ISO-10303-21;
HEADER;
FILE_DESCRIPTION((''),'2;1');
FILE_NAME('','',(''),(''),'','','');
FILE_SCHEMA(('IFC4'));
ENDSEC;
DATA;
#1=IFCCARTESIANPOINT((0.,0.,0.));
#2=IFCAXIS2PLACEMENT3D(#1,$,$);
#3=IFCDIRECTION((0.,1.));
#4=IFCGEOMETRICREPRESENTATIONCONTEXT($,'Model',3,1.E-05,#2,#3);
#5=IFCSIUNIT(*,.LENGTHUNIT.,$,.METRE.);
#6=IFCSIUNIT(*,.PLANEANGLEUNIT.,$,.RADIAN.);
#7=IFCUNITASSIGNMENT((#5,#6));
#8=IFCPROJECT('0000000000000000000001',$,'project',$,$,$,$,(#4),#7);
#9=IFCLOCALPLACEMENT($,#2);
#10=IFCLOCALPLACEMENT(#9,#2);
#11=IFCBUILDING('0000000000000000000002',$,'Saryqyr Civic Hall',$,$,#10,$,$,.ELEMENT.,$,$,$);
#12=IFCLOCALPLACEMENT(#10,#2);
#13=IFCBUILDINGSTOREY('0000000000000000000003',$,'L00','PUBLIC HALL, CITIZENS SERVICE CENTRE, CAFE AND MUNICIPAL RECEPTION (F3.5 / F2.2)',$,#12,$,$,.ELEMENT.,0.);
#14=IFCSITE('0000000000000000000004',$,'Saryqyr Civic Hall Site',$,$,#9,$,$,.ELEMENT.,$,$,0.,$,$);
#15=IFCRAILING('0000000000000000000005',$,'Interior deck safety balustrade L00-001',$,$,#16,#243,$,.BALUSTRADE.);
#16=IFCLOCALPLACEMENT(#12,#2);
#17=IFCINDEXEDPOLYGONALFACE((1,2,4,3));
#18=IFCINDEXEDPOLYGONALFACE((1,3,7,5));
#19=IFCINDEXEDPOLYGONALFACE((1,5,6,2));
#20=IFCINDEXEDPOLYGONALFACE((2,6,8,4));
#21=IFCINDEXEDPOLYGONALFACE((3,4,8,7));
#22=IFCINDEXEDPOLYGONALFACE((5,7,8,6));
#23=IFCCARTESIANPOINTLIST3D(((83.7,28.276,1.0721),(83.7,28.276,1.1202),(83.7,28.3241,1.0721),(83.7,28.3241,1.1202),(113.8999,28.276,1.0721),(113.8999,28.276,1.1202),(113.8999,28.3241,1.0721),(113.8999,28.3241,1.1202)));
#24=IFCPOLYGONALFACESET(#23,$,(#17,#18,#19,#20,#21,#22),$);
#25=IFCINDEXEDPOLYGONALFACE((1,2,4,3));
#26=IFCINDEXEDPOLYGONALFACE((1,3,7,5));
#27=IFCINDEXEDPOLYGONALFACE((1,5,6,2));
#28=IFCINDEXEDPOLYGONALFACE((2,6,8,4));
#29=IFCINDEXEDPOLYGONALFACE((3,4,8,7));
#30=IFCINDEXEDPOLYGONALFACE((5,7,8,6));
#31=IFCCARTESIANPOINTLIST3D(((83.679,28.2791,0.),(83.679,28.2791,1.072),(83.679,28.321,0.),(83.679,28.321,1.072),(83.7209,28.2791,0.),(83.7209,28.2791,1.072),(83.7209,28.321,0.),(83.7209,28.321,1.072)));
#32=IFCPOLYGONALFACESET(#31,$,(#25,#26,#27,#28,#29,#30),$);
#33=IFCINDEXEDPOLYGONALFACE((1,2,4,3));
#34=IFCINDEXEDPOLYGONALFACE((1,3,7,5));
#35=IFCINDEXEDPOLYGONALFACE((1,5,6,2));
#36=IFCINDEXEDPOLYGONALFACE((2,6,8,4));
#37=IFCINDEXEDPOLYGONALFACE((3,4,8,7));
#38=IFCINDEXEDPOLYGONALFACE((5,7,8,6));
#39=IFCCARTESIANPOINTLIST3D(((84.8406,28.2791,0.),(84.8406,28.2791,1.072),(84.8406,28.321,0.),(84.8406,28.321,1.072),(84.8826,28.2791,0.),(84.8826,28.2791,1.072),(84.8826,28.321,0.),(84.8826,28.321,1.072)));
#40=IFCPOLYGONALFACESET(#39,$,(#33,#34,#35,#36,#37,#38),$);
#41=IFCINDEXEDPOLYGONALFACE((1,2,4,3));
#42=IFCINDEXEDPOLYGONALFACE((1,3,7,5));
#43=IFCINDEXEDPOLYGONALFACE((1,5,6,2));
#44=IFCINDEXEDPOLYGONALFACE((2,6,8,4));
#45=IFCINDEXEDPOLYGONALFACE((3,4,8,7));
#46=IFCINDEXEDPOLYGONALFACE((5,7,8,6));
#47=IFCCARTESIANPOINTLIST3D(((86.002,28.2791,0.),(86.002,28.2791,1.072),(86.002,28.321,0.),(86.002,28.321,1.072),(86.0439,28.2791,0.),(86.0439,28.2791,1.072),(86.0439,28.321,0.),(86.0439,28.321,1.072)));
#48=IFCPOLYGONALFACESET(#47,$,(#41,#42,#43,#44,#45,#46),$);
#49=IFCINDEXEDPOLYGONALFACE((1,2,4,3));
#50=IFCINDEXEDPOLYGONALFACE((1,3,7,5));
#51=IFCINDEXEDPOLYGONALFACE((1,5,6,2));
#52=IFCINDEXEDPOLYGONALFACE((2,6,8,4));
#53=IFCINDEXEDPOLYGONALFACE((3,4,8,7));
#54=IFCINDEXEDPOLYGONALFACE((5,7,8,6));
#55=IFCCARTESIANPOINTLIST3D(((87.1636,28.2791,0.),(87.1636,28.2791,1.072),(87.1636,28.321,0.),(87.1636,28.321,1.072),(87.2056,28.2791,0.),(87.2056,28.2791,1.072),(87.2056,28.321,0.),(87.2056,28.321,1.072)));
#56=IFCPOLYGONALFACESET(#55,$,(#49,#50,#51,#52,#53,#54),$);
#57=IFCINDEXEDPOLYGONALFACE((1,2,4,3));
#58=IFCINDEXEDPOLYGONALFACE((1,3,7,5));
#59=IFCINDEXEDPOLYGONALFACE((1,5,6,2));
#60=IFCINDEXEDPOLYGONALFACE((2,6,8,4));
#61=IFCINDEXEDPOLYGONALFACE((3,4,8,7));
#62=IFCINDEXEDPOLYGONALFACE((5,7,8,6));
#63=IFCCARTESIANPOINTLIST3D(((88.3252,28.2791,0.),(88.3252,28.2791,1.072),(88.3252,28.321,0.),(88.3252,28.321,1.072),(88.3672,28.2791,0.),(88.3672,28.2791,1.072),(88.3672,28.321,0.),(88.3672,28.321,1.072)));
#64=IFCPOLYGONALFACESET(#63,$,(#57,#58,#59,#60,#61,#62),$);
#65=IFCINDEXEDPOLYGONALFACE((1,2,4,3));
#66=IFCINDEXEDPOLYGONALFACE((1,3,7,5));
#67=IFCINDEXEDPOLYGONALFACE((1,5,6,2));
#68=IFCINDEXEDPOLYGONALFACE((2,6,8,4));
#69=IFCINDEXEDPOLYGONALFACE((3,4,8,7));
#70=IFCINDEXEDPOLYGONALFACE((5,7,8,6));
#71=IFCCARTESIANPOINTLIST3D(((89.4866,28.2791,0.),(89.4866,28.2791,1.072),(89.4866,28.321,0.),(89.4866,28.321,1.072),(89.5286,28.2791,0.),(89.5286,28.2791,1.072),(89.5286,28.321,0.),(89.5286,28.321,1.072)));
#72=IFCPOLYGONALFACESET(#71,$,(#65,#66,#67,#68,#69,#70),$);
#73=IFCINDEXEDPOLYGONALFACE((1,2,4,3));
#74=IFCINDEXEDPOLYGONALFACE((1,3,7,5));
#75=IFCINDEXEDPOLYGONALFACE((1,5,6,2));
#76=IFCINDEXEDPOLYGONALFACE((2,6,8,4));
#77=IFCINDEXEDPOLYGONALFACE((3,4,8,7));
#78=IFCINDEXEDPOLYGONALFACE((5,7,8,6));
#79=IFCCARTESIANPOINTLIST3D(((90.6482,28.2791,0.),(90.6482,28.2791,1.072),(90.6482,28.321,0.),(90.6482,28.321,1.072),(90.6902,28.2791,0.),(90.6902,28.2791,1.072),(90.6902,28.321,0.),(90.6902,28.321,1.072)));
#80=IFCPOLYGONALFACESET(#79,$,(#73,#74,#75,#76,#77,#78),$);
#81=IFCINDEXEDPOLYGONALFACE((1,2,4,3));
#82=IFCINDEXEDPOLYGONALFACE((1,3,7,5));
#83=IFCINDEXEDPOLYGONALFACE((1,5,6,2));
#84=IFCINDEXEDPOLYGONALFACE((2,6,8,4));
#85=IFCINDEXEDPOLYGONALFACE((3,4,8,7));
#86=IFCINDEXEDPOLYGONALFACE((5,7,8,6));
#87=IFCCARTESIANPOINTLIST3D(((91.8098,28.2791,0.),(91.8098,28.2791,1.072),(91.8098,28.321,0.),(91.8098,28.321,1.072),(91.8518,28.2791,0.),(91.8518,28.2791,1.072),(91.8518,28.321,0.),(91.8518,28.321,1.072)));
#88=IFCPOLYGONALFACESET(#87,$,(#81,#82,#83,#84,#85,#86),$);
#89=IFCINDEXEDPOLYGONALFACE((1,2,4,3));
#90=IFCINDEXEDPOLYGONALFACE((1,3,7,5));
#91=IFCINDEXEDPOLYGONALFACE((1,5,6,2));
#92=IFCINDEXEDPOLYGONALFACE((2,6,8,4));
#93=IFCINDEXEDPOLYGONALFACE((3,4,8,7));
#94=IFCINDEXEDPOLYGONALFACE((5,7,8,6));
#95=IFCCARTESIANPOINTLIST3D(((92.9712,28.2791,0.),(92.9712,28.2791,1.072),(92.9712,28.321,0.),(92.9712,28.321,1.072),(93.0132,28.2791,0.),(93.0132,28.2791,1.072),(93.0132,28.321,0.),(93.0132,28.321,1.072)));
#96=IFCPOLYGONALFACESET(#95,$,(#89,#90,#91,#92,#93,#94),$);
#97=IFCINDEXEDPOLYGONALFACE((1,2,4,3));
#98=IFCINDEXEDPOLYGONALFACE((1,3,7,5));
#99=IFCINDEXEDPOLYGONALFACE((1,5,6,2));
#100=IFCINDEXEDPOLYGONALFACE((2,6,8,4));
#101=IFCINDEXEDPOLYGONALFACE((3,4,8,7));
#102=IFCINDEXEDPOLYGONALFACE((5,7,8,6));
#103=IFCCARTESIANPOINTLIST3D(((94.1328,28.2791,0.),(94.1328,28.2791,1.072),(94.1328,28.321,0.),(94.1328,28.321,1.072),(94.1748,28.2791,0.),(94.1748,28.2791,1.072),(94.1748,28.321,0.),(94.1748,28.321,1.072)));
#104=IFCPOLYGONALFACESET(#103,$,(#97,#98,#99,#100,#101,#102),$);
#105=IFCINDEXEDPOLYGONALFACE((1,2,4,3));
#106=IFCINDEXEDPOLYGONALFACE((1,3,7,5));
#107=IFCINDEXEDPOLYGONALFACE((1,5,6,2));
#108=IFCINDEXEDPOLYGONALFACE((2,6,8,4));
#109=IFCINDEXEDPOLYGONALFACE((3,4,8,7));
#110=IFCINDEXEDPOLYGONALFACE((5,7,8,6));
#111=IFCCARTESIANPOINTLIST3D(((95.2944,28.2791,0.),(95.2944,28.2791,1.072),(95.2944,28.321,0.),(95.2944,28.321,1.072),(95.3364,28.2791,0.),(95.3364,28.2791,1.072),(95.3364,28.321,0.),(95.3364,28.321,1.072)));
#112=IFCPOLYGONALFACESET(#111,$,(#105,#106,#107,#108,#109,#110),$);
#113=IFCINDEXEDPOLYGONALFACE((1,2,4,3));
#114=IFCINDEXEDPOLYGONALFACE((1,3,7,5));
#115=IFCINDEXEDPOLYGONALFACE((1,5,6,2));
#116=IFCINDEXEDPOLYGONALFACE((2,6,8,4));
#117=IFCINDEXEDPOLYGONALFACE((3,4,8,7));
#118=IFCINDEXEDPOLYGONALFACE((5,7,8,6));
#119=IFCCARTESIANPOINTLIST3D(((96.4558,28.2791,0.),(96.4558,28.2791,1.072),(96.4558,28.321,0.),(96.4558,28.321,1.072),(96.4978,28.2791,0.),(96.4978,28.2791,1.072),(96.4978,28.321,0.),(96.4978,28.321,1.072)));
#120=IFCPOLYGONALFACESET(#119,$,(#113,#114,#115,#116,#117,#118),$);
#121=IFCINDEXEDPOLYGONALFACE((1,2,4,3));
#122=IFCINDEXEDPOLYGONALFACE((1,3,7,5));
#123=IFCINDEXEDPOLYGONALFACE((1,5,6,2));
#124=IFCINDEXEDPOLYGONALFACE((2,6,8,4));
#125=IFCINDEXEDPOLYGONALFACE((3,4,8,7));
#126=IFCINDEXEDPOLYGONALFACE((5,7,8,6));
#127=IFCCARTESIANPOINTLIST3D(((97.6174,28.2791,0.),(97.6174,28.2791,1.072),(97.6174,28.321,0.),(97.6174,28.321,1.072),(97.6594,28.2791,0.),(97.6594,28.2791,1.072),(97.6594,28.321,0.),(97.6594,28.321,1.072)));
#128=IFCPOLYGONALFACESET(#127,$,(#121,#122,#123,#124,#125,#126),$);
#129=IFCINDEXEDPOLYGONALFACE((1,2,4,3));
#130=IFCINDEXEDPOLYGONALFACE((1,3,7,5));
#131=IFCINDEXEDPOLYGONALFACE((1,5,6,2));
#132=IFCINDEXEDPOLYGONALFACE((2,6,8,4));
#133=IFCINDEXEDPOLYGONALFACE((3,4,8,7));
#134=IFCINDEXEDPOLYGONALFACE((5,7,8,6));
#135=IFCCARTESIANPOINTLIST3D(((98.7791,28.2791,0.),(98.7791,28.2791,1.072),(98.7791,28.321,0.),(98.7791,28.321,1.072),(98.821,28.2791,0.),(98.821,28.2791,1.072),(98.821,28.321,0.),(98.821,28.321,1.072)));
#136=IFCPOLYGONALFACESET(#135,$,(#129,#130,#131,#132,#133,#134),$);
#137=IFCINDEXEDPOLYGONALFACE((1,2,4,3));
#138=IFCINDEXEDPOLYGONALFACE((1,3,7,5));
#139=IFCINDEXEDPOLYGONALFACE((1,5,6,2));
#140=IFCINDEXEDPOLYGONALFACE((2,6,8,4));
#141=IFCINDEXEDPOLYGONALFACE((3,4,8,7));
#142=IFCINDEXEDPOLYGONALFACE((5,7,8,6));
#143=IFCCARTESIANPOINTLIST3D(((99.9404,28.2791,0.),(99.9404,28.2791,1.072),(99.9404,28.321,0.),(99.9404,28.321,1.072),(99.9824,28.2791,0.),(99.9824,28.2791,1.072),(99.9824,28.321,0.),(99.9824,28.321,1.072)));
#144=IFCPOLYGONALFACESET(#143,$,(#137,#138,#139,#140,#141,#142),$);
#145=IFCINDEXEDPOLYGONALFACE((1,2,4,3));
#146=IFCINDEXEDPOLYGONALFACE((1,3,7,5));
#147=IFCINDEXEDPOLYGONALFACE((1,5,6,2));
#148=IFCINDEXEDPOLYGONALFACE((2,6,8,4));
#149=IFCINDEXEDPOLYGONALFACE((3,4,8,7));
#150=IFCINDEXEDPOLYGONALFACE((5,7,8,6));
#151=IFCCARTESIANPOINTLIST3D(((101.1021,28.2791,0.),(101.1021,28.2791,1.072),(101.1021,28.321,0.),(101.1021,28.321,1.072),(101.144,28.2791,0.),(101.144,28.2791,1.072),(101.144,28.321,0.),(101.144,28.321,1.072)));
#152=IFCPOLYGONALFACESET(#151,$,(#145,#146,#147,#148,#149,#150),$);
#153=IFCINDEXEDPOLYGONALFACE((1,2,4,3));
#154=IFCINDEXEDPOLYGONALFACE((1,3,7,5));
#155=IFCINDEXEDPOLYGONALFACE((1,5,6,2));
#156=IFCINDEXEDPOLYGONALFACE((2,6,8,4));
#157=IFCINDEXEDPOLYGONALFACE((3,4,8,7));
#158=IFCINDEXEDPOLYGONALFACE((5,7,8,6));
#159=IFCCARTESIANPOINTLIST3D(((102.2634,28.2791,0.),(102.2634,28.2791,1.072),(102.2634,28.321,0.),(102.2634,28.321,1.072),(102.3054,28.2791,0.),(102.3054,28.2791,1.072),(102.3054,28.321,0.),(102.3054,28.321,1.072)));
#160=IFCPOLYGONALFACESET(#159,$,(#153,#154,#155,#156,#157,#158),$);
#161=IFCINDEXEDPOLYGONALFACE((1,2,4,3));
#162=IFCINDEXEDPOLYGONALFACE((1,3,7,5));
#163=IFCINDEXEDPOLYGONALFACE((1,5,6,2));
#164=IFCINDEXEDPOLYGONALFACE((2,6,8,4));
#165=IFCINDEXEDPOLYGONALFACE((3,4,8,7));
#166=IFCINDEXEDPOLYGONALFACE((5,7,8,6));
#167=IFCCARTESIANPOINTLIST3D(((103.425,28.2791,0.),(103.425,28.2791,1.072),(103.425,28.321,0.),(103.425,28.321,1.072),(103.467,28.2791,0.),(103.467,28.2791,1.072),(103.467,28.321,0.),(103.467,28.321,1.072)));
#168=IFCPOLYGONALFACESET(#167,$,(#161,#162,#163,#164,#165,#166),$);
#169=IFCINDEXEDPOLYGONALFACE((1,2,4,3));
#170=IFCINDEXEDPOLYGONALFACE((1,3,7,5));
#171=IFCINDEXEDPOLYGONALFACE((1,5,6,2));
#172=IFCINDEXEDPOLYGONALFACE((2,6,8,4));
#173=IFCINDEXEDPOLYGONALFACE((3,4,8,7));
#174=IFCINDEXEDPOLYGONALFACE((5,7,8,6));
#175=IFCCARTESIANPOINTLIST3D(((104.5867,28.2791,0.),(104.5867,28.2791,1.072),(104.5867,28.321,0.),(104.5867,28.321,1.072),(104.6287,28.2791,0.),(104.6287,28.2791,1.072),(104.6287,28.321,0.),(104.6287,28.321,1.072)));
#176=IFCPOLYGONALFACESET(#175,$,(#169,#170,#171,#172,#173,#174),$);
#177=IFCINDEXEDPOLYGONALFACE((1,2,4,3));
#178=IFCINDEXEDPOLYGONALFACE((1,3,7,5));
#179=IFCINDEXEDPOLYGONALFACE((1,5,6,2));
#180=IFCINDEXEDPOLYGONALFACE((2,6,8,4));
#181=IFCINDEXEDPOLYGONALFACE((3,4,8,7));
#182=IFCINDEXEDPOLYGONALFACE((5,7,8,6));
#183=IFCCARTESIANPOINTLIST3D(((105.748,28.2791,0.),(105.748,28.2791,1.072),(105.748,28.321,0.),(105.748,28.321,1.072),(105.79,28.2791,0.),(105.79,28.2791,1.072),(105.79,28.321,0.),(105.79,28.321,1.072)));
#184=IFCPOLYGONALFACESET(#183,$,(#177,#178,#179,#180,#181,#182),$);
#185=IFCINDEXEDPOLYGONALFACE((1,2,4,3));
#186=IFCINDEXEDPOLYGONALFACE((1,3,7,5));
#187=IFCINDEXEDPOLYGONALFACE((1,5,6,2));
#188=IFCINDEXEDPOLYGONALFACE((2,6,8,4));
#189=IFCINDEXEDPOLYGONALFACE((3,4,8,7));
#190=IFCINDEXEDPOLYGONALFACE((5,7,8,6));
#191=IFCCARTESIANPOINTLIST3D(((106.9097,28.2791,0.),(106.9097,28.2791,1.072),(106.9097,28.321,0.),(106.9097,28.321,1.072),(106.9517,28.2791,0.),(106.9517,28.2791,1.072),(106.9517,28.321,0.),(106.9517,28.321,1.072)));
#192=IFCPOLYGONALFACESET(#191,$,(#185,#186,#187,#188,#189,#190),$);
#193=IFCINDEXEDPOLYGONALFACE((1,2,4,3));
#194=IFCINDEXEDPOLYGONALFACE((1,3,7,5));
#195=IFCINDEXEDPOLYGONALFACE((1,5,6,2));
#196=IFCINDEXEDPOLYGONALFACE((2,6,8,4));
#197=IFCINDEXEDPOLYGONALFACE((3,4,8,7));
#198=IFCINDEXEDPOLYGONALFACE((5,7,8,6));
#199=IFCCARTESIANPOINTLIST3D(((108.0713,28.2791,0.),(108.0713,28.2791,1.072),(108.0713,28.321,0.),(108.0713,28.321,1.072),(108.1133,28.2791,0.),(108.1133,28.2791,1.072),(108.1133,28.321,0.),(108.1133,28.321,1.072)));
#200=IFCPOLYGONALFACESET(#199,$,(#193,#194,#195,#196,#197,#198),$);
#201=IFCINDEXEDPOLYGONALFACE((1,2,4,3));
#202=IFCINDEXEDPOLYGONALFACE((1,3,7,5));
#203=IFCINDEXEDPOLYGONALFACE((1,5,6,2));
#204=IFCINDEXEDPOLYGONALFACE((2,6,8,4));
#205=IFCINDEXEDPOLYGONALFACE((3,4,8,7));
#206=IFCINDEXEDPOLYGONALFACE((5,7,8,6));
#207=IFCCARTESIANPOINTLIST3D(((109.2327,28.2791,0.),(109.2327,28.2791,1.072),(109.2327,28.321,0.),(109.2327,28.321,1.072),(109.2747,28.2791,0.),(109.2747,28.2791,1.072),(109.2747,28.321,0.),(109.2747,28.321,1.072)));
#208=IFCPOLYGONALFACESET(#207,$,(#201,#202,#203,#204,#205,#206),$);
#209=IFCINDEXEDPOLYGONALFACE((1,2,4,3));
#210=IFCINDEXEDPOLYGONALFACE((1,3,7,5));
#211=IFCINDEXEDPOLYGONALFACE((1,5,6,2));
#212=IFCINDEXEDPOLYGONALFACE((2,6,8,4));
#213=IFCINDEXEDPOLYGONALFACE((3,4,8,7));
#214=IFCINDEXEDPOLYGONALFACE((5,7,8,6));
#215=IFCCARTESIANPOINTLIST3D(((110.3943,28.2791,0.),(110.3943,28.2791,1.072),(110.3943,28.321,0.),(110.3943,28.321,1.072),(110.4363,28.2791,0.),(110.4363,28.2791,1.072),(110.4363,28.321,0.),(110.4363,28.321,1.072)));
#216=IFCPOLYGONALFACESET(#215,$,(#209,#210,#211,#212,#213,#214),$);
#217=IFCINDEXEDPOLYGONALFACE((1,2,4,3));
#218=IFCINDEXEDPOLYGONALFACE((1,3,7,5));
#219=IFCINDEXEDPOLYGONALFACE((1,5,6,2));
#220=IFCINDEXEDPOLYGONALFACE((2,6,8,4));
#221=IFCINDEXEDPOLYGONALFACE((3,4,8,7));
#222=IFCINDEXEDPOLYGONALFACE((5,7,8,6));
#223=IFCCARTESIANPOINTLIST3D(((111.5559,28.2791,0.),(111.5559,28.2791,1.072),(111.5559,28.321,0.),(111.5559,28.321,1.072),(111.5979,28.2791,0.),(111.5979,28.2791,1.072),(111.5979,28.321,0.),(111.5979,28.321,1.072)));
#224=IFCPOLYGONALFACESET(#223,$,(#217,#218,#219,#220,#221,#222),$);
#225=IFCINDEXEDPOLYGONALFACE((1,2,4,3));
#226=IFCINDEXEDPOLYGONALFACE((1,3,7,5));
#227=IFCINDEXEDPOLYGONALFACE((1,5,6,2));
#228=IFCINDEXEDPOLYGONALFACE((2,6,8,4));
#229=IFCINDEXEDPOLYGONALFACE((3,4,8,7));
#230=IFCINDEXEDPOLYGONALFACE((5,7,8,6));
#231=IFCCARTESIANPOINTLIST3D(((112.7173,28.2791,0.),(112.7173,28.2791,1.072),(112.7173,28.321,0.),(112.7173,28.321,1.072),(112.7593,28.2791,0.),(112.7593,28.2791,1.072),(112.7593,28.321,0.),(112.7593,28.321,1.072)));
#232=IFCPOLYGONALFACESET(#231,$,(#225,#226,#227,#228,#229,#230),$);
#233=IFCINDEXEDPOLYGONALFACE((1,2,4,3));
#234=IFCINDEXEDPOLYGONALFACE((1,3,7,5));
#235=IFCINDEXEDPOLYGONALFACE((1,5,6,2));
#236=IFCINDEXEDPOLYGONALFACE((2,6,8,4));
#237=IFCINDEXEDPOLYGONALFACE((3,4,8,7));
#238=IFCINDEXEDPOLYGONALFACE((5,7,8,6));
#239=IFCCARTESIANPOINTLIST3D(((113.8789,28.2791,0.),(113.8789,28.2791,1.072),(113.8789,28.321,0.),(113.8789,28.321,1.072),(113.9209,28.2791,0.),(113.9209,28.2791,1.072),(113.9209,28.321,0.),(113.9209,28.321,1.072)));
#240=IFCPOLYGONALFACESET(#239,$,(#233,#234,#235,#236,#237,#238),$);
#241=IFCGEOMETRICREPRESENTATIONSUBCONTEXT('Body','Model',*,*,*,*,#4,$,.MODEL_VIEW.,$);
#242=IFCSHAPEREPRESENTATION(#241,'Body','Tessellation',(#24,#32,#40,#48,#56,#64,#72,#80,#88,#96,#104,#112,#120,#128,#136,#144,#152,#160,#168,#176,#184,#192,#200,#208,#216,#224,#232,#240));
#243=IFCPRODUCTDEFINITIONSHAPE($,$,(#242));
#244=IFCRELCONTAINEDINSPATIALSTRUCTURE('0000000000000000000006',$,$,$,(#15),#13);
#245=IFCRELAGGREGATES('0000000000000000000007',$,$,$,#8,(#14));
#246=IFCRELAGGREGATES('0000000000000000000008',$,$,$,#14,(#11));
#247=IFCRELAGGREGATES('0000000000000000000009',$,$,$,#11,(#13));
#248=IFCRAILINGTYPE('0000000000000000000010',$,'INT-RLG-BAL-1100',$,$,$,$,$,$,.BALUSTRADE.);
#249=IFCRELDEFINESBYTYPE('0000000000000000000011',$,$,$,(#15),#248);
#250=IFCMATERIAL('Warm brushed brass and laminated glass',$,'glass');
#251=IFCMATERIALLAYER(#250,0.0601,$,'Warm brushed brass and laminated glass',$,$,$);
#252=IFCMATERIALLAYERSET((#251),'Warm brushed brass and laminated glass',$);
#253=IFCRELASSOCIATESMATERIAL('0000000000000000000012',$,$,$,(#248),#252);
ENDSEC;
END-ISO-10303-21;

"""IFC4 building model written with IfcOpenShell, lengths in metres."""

from ifc_helpers import new_model, si_unit, direction, frame, origin, origin_2d, place, context, subcontext, project, spatial, rectangle, extrude, material, layer, layer_set, type_object, element, save


model = new_model("IFC4")

# Units and contexts
model_context = context("Model", 3, precision=1e-05, world=origin(), true_north=direction((0.0, 1.0)))
body_context = subcontext(model_context, "Body", "Model", "MODEL_VIEW")
ifc_project = project(units=[si_unit("LENGTHUNIT", "METRE"), si_unit("PLANEANGLEUNIT", "RADIAN")], contexts=[model_context])

# Site, building, storey
site_placement = place(None, origin())
site = spatial("IfcSite", under=ifc_project, at=site_placement, Name="Saryqyr Civic Hall Site", CompositionType="ELEMENT", RefElevation=0.0)
building_placement = place(site_placement, origin())
building = spatial("IfcBuilding", under=site, at=building_placement, Name="Saryqyr Civic Hall", CompositionType="ELEMENT")
storey_placement = place(building_placement, origin())
storey = spatial("IfcBuildingStorey", under=building, at=storey_placement, Name="L00", Description="PUBLIC HALL, CITIZENS SERVICE CENTRE, CAFE AND MUNICIPAL RECEPTION (F3.5 / F2.2)", CompositionType="ELEMENT", Elevation=0.0)

# Railing
ifc_material_1 = material(Name="Warm brushed brass and laminated glass", Category="glass")
ifc_layer_1 = layer(ifc_material_1, 0.0601, Name="Warm brushed brass and laminated glass")
ifc_layer_set_1 = layer_set([ifc_layer_1], Name="Warm brushed brass and laminated glass")
railing_type = type_object("IfcRailingType", Name="INT-RLG-BAL-1100", PredefinedType="BALUSTRADE", material=ifc_layer_set_1)
railing_1_placement = place(storey_placement, frame((83.7, 28.3, 0.0)))
element("IfcRailing", 1, at=railing_1_placement, inside=storey, type_object=railing_type, Name="Interior deck safety balustrade L00-001", PredefinedType="BALUSTRADE", context=body_context, shape_type="SweptSolid", body=[
    extrude(rectangle(XDim=0.0481, YDim=0.0481, at=origin_2d()), frame((0.0, 0.0, 1.0962), z_axis=(1.0, 0.0, 0.0), x_axis=(0.0, 1.0, 0.0)), (0.0, 0.0, 1.0), 30.2),
    extrude(rectangle(XDim=0.042, YDim=0.042, at=origin_2d()), origin(), (0.0, 0.0, 1.0), 1.072),
    extrude(rectangle(XDim=0.042, YDim=0.042, at=origin_2d()), frame((1.1616, 0.0, 0.0)), (0.0, 0.0, 1.0), 1.072),
    extrude(rectangle(XDim=0.042, YDim=0.042, at=origin_2d()), frame((2.323, 0.0, 0.0)), (0.0, 0.0, 1.0), 1.072),
    extrude(rectangle(XDim=0.042, YDim=0.042, at=origin_2d()), frame((3.4846, 0.0, 0.0)), (0.0, 0.0, 1.0), 1.072),
    extrude(rectangle(XDim=0.042, YDim=0.042, at=origin_2d()), frame((4.6462, 0.0, 0.0)), (0.0, 0.0, 1.0), 1.072),
    extrude(rectangle(XDim=0.042, YDim=0.042, at=origin_2d()), frame((5.8076, 0.0, 0.0)), (0.0, 0.0, 1.0), 1.072),
    extrude(rectangle(XDim=0.042, YDim=0.042, at=origin_2d()), frame((6.9692, 0.0, 0.0)), (0.0, 0.0, 1.0), 1.072),
    extrude(rectangle(XDim=0.042, YDim=0.042, at=origin_2d()), frame((8.1309, 0.0, 0.0)), (0.0, 0.0, 1.0), 1.072),
    extrude(rectangle(XDim=0.042, YDim=0.042, at=origin_2d()), frame((9.2922, 0.0, 0.0)), (0.0, 0.0, 1.0), 1.072),
    extrude(rectangle(XDim=0.042, YDim=0.042, at=origin_2d()), frame((10.4539, 0.0, 0.0)), (0.0, 0.0, 1.0), 1.072),
    extrude(rectangle(XDim=0.042, YDim=0.042, at=origin_2d()), frame((11.6155, 0.0, 0.0)), (0.0, 0.0, 1.0), 1.072),
    extrude(rectangle(XDim=0.042, YDim=0.042, at=origin_2d()), frame((12.7769, 0.0, 0.0)), (0.0, 0.0, 1.0), 1.072),
    extrude(rectangle(XDim=0.042, YDim=0.042, at=origin_2d()), frame((13.9385, 0.0, 0.0)), (0.0, 0.0, 1.0), 1.072),
    extrude(rectangle(XDim=0.042, YDim=0.042, at=origin_2d()), frame((15.1001, 0.0, 0.0)), (0.0, 0.0, 1.0), 1.072),
    extrude(rectangle(XDim=0.042, YDim=0.042, at=origin_2d()), frame((16.2615, 0.0, 0.0)), (0.0, 0.0, 1.0), 1.072),
    extrude(rectangle(XDim=0.042, YDim=0.042, at=origin_2d()), frame((17.4231, 0.0, 0.0)), (0.0, 0.0, 1.0), 1.072),
    extrude(rectangle(XDim=0.042, YDim=0.042, at=origin_2d()), frame((18.5845, 0.0, 0.0)), (0.0, 0.0, 1.0), 1.072),
    extrude(rectangle(XDim=0.042, YDim=0.042, at=origin_2d()), frame((19.7461, 0.0, 0.0)), (0.0, 0.0, 1.0), 1.072),
    extrude(rectangle(XDim=0.042, YDim=0.042, at=origin_2d()), frame((20.9077, 0.0, 0.0)), (0.0, 0.0, 1.0), 1.072),
    extrude(rectangle(XDim=0.042, YDim=0.042, at=origin_2d()), frame((22.0691, 0.0, 0.0)), (0.0, 0.0, 1.0), 1.072),
    extrude(rectangle(XDim=0.042, YDim=0.042, at=origin_2d()), frame((23.2307, 0.0, 0.0)), (0.0, 0.0, 1.0), 1.072),
    extrude(rectangle(XDim=0.042, YDim=0.042, at=origin_2d()), frame((24.3923, 0.0, 0.0)), (0.0, 0.0, 1.0), 1.072),
    extrude(rectangle(XDim=0.042, YDim=0.042, at=origin_2d()), frame((25.5537, 0.0, 0.0)), (0.0, 0.0, 1.0), 1.072),
    extrude(rectangle(XDim=0.042, YDim=0.042, at=origin_2d()), frame((26.7153, 0.0, 0.0)), (0.0, 0.0, 1.0), 1.072),
    extrude(rectangle(XDim=0.042, YDim=0.042, at=origin_2d()), frame((27.877, 0.0, 0.0)), (0.0, 0.0, 1.0), 1.072),
    extrude(rectangle(XDim=0.042, YDim=0.042, at=origin_2d()), frame((29.0383, 0.0, 0.0)), (0.0, 0.0, 1.0), 1.072),
    extrude(rectangle(XDim=0.042, YDim=0.042, at=origin_2d()), frame((30.2, 0.0, 0.0)), (0.0, 0.0, 1.0), 1.072),
])

save(model, "model.ifc")
